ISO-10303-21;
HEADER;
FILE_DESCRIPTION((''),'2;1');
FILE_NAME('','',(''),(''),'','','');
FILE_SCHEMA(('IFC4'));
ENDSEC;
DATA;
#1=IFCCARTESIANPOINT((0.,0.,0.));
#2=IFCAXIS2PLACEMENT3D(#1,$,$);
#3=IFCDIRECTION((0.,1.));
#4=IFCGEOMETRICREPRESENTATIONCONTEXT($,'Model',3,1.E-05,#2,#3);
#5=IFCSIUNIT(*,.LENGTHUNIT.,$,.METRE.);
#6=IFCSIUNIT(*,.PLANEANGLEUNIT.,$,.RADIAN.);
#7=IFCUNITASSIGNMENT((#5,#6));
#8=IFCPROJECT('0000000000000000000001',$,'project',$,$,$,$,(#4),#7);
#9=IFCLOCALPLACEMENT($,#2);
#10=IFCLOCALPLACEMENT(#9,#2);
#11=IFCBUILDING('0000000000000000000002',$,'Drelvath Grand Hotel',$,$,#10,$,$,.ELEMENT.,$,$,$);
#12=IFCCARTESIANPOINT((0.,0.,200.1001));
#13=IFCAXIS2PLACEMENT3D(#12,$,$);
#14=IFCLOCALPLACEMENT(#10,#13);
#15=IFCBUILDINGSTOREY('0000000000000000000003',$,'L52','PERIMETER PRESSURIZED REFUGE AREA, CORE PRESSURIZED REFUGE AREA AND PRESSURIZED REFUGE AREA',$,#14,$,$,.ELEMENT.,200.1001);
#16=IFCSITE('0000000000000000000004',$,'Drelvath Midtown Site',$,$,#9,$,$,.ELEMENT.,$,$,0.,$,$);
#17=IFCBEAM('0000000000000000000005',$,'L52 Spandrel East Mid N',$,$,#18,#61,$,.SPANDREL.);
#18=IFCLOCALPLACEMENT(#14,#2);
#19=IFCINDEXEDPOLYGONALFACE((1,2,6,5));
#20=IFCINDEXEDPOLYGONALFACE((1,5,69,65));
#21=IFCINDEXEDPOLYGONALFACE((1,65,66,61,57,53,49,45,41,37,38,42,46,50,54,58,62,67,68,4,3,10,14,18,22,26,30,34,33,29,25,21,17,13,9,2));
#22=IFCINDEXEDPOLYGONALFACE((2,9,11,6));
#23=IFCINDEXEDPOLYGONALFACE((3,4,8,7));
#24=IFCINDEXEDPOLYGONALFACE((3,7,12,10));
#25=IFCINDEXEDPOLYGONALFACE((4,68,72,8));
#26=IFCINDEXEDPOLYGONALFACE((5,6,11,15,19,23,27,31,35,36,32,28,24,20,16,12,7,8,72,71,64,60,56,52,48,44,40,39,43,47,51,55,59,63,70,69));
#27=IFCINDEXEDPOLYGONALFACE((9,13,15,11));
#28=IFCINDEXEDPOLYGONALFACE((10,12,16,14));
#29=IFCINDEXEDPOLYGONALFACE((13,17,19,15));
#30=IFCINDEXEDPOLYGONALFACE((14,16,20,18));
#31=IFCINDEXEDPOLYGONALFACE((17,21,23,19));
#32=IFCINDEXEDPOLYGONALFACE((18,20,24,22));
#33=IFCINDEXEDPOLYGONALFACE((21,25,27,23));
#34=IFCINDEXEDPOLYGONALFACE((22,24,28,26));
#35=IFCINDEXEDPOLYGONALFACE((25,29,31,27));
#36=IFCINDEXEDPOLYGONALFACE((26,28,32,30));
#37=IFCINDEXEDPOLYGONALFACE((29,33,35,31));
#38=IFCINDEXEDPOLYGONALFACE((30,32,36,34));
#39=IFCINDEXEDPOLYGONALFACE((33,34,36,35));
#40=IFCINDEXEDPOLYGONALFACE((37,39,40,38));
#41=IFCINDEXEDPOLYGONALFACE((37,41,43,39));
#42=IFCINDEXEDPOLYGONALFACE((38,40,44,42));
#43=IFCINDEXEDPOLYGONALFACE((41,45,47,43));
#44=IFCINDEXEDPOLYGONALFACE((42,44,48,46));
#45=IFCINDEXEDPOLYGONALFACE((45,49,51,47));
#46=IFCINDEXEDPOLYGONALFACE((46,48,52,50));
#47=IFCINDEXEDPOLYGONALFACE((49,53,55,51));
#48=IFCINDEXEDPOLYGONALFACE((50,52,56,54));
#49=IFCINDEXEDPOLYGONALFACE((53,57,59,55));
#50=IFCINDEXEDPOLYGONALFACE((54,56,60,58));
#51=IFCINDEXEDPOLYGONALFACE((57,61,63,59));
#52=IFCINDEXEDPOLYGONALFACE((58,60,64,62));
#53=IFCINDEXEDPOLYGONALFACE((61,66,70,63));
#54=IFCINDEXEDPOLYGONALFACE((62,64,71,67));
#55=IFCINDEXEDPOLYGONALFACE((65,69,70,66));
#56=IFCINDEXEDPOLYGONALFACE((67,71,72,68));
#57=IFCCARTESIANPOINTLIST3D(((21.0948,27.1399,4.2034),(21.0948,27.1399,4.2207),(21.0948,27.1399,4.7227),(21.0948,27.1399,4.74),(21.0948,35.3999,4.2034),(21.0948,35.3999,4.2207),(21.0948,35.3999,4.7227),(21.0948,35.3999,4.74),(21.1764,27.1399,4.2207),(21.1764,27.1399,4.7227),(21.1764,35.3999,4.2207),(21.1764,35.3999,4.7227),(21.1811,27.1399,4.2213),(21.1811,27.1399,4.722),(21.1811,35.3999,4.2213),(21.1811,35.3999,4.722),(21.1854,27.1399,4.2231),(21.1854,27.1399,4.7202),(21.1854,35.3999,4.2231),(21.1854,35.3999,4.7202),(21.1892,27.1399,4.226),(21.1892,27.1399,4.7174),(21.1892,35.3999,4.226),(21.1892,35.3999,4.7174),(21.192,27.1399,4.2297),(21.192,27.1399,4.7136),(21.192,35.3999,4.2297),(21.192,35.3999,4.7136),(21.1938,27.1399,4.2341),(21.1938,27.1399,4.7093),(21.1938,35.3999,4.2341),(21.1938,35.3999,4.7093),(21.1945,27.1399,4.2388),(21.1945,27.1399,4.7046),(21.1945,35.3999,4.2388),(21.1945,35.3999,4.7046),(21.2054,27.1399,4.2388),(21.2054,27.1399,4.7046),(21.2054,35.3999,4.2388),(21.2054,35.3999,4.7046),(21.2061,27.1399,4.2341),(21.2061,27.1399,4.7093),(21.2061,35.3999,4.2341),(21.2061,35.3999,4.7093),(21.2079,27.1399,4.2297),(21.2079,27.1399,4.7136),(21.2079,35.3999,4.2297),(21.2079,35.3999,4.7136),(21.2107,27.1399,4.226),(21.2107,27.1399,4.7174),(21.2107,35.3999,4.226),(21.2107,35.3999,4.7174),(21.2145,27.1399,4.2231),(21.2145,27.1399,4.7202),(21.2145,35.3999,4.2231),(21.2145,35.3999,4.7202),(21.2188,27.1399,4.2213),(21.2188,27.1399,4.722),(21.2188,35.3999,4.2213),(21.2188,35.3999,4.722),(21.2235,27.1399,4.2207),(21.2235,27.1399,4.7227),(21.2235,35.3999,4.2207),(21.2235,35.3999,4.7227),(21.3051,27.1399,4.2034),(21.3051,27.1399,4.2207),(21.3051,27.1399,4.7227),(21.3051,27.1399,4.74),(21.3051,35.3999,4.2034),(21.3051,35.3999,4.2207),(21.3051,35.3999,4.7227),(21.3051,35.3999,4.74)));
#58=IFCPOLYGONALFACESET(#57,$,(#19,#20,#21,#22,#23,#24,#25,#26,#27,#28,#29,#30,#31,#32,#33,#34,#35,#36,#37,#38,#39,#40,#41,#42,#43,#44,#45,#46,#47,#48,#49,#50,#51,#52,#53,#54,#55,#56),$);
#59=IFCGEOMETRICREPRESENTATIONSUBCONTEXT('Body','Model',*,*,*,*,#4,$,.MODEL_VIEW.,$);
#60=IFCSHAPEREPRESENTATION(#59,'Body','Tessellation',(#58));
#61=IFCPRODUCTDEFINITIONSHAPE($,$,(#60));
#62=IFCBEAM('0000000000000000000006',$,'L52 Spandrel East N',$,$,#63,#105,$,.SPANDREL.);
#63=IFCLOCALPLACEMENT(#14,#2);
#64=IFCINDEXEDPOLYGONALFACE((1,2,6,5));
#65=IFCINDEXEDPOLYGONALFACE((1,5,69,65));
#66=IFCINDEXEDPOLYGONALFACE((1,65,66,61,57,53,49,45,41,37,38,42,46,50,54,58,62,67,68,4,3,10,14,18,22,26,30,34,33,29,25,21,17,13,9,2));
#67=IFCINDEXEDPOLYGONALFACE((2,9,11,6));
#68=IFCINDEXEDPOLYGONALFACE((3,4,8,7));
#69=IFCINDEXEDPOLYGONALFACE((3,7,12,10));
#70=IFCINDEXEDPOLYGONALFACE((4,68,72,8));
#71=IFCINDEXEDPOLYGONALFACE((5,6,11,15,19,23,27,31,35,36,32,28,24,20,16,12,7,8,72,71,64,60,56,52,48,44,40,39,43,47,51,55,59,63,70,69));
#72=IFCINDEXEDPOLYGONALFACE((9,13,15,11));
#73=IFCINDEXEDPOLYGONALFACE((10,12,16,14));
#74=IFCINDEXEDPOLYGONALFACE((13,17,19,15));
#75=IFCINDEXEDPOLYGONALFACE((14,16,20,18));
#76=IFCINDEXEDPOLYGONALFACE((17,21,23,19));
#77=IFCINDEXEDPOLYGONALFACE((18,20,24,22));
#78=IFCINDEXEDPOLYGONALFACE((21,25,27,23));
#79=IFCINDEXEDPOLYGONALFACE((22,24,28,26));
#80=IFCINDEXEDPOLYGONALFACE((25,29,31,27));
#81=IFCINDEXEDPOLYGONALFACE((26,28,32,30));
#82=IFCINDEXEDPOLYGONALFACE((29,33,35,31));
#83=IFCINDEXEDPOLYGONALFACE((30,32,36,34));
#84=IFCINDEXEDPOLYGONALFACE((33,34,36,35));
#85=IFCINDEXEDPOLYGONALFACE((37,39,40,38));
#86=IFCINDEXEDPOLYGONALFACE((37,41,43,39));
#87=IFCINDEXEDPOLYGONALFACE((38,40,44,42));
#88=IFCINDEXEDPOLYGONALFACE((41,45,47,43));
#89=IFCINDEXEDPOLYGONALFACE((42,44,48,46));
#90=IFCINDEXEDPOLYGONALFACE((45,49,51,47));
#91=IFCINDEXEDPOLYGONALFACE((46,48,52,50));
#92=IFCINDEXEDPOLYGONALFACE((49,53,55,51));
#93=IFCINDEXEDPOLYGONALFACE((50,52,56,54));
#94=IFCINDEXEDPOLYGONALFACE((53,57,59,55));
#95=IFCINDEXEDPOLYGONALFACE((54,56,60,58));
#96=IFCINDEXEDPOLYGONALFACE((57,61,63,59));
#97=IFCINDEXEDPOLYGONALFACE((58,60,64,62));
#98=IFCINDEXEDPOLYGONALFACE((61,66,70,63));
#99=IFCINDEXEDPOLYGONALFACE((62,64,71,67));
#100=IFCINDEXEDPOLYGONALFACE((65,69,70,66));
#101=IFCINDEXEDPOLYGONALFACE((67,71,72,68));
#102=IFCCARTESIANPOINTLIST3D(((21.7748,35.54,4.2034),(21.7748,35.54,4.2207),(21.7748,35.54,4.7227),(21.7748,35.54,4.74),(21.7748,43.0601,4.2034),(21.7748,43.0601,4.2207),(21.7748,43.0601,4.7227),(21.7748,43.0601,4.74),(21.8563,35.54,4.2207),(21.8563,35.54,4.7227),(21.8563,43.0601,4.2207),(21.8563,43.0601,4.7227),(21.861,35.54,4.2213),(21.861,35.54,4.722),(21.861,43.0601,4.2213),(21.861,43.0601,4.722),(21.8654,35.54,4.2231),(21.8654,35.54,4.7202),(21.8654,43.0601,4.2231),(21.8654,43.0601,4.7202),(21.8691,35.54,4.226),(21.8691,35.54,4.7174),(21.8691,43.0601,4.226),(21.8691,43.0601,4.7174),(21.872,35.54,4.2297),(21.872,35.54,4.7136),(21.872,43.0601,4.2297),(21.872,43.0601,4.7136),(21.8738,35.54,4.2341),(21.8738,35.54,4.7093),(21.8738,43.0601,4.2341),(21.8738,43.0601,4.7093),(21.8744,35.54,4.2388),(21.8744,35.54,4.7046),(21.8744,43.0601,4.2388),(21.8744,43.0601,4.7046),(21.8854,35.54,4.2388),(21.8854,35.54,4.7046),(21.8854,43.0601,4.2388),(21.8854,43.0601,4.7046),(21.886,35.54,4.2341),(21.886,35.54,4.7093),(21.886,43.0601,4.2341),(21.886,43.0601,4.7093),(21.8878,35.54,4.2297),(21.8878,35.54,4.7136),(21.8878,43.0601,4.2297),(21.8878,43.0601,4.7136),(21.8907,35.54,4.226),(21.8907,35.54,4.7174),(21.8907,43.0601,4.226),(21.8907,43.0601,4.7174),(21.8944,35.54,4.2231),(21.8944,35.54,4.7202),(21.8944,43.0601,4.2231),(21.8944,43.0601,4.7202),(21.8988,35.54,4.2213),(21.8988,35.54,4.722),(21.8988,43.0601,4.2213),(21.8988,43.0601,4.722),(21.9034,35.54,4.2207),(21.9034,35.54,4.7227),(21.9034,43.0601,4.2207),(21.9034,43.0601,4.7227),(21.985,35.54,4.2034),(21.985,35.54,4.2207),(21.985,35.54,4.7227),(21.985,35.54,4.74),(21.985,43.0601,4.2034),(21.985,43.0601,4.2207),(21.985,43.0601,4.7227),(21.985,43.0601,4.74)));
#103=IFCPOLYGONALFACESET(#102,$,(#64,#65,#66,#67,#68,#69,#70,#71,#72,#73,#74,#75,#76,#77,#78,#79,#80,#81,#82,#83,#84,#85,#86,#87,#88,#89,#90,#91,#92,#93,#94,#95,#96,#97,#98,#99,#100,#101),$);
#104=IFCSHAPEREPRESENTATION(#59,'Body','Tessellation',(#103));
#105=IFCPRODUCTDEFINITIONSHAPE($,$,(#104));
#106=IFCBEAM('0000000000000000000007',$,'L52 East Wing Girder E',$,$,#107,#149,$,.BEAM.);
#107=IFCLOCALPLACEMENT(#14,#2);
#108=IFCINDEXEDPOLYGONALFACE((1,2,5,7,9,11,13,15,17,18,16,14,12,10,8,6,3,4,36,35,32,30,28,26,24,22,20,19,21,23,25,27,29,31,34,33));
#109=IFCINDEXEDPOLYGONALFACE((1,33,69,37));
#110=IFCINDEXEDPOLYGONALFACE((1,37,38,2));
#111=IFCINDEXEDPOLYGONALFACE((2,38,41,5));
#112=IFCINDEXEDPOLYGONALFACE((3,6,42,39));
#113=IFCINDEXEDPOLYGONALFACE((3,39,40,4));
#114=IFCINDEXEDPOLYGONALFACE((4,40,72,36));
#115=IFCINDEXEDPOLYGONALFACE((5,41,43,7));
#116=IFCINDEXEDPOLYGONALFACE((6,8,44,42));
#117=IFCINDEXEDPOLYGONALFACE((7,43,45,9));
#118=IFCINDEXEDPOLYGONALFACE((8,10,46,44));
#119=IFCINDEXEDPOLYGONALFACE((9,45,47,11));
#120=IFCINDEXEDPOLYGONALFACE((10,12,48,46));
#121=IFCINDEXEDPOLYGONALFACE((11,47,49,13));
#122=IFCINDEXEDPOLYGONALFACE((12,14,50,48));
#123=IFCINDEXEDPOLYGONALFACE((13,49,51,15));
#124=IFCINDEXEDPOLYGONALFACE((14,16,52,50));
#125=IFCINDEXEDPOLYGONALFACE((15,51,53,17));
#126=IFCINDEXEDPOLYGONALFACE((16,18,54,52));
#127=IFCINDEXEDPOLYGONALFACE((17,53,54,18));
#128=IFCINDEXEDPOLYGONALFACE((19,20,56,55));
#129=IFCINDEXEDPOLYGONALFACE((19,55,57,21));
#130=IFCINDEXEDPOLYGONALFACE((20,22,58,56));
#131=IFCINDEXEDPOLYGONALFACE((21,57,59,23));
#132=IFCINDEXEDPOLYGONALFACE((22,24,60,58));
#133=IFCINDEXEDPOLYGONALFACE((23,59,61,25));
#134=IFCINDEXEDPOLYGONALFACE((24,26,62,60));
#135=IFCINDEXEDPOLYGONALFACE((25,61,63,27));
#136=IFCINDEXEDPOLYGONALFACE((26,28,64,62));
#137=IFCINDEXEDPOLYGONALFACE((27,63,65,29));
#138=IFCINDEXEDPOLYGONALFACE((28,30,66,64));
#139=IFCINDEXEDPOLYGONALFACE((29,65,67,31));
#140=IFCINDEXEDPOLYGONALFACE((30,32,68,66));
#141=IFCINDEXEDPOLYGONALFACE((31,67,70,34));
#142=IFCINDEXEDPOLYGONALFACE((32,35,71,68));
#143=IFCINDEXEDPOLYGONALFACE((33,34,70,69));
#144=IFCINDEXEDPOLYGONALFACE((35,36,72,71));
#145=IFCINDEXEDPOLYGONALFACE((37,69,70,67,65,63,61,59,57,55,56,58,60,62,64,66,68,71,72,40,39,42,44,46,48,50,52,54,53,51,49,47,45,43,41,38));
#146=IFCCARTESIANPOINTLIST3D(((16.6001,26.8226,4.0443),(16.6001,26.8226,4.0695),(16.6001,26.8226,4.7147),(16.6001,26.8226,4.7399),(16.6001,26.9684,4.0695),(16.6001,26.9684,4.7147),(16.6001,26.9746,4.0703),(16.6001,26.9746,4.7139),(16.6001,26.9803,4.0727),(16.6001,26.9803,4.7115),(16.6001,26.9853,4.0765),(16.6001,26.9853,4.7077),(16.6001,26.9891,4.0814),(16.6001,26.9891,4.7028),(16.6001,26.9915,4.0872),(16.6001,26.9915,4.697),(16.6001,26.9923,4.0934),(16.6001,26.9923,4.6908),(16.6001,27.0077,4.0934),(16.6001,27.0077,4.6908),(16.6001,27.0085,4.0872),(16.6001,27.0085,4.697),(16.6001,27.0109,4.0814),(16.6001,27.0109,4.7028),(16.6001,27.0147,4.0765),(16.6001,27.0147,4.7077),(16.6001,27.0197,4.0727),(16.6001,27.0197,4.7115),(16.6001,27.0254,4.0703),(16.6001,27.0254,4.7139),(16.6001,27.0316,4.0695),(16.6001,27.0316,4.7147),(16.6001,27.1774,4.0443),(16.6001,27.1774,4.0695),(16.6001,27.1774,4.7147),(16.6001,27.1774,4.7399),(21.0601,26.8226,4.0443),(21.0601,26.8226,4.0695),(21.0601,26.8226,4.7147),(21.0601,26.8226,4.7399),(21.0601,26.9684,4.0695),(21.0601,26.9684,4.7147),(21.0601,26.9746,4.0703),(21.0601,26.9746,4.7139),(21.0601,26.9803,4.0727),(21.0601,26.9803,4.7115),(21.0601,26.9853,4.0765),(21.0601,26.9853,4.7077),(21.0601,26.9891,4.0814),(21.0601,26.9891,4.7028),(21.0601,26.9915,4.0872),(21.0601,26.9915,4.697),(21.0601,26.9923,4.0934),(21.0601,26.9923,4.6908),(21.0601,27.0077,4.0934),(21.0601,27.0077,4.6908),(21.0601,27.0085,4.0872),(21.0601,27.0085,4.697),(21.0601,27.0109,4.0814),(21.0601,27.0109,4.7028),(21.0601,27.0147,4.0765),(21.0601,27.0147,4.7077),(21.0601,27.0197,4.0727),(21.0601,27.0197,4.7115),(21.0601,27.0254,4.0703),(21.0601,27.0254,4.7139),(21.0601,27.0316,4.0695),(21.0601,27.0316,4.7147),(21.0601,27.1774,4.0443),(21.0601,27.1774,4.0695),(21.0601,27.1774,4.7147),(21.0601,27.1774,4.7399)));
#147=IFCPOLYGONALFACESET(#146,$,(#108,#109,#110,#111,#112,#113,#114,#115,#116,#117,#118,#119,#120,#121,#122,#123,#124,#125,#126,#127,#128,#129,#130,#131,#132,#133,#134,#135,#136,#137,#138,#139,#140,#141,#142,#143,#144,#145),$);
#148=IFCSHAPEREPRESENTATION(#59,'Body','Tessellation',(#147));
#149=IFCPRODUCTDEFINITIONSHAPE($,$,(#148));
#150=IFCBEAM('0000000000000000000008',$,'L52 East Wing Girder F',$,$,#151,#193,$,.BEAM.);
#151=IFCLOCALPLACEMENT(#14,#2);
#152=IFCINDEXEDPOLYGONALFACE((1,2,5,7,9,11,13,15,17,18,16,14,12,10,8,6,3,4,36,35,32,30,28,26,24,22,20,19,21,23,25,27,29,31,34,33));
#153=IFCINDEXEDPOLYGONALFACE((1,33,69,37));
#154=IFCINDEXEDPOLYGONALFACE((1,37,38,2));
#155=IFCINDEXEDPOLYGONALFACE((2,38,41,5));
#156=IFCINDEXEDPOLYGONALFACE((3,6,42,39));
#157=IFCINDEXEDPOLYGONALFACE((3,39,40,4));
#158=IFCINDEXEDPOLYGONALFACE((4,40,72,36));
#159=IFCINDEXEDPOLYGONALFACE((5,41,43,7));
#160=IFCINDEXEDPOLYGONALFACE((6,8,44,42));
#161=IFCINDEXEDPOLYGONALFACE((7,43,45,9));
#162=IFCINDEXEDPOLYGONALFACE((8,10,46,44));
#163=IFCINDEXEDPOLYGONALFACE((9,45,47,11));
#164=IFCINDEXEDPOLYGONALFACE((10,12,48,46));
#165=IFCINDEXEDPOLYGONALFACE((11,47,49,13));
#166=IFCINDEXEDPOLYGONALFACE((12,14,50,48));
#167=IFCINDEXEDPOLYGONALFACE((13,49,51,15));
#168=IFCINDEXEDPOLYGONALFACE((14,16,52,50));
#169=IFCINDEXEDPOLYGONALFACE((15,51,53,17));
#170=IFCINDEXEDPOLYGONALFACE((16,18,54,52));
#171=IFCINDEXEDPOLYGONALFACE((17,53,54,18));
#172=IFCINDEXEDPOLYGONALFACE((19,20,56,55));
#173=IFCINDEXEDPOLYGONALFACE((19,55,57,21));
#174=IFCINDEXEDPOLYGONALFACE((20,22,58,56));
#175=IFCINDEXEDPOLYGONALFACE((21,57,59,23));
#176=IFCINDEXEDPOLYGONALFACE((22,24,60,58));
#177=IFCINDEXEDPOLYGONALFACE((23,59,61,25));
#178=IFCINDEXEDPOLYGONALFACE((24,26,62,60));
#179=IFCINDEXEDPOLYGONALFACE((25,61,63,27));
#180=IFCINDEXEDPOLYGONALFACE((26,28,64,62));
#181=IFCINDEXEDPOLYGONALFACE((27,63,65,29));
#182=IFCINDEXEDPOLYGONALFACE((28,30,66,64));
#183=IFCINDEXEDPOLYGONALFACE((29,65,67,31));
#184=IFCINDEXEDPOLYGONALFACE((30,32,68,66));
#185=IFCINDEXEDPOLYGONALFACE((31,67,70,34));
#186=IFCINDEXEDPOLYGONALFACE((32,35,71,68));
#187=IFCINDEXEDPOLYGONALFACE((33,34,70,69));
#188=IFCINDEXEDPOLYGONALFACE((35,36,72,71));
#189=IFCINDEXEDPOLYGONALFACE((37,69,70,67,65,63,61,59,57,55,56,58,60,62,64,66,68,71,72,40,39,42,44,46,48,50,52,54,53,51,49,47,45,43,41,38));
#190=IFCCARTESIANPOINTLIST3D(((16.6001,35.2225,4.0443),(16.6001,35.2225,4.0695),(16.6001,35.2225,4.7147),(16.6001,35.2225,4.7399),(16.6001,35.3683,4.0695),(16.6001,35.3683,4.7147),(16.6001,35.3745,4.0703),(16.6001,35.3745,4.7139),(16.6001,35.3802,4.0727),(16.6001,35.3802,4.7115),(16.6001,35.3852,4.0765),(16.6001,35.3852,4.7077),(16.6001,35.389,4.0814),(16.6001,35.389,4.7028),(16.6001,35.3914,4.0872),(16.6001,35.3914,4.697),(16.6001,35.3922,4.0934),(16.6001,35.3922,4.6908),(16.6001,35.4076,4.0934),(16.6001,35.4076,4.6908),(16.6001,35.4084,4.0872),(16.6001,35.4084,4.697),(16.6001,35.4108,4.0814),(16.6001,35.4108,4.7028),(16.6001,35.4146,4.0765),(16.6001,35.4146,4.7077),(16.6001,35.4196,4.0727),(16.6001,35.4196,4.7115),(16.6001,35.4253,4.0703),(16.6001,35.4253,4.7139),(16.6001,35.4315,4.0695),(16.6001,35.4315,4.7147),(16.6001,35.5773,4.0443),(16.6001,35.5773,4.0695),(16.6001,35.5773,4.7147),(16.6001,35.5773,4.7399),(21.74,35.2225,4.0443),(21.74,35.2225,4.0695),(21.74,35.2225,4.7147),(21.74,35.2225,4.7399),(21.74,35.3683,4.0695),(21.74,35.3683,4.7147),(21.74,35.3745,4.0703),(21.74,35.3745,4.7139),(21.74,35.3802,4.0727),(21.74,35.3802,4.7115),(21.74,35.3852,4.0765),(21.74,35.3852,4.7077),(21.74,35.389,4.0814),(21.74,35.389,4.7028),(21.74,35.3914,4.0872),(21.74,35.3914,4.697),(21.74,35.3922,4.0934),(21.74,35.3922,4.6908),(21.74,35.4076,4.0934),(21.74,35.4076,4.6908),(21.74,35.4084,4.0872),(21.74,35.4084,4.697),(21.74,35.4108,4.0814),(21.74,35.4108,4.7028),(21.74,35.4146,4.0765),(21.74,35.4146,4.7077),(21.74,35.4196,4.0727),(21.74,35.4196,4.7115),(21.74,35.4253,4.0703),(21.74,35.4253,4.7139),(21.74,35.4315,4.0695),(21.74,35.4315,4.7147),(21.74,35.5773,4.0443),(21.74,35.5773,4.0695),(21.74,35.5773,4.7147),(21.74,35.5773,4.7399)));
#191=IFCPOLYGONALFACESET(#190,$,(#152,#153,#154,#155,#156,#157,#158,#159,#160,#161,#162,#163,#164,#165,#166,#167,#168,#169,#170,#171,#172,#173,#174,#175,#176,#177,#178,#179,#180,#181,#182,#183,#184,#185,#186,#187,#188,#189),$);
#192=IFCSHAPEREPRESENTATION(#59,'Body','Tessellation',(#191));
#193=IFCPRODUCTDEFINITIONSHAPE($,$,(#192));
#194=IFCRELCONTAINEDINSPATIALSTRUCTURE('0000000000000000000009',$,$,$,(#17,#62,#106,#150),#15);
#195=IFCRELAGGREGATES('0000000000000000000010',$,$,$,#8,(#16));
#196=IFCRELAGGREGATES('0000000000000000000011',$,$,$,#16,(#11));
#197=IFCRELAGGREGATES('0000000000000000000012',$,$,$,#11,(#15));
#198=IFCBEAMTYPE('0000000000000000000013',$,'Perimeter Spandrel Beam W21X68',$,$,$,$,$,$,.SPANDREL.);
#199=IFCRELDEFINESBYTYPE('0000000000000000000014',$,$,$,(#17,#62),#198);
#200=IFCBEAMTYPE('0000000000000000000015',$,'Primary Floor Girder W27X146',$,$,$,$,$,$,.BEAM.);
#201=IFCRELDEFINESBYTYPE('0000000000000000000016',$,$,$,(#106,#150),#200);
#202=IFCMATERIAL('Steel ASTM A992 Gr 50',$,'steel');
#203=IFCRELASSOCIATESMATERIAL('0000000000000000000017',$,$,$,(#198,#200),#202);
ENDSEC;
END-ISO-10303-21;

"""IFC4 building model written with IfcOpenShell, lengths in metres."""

from ifc_helpers import new_model, si_unit, direction, frame, origin, origin_2d, place, context, subcontext, project, spatial, i_section, extrude, material, material_profile, profile_set, type_object, element, save


model = new_model("IFC4")

# Units and contexts
model_context = context("Model", 3, precision=1e-05, world=origin(), true_north=direction((0.0, 1.0)))
body_context = subcontext(model_context, "Body", "Model", "MODEL_VIEW")
ifc_project = project(units=[si_unit("LENGTHUNIT", "METRE"), si_unit("PLANEANGLEUNIT", "RADIAN")], contexts=[model_context])

# Site, building, storey
site_placement = place(None, origin())
site = spatial("IfcSite", under=ifc_project, at=site_placement, Name="Drelvath Midtown Site", CompositionType="ELEMENT", RefElevation=0.0)
building_placement = place(site_placement, origin())
building = spatial("IfcBuilding", under=site, at=building_placement, Name="Drelvath Grand Hotel", CompositionType="ELEMENT")
storey_placement = place(building_placement, frame((0.0, 0.0, 200.1001)))
storey = spatial("IfcBuildingStorey", under=building, at=storey_placement, Name="L52", Description="PERIMETER PRESSURIZED REFUGE AREA, CORE PRESSURIZED REFUGE AREA AND PRESSURIZED REFUGE AREA", CompositionType="ELEMENT", Elevation=200.1001)

# Beams
ifc_material_1 = material(Name="Steel ASTM A992 Gr 50", Category="steel")
ifc_material_profile_1 = material_profile(ifc_material_1, i_section(OverallWidth=0.2102, OverallDepth=0.5366, WebThickness=0.011, FlangeThickness=0.0173, FilletRadius=0.0181, at=origin_2d()), Name="W21X68")
ifc_profile_set_1 = profile_set([ifc_material_profile_1], Name="Steel ASTM A992 Gr 50")
beam_type_1 = type_object("IfcBeamType", Name="Perimeter Spandrel Beam W21X68", PredefinedType="SPANDREL", material=ifc_profile_set_1)
beam_1_placement = place(storey_placement, frame((21.2, 27.1399, 4.4717), z_axis=(0.0, 1.0, 0.0), x_axis=(-1.0, 0.0, 0.0)))
element("IfcBeam", 1, at=beam_1_placement, inside=storey, type_object=beam_type_1, Name="L52 Spandrel East Mid N", PredefinedType="SPANDREL", context=body_context, shape_type="SweptSolid", body=[
    extrude(i_section(OverallWidth=0.2102, OverallDepth=0.5366, WebThickness=0.011, FlangeThickness=0.0173, FilletRadius=0.0181, at=origin_2d()), origin(), (0.0, 0.0, 1.0), 8.26),
])
beam_2_placement = place(storey_placement, frame((21.8799, 35.54, 4.4717), z_axis=(0.0, 1.0, 0.0), x_axis=(-1.0, 0.0, 0.0)))
element("IfcBeam", 2, at=beam_2_placement, inside=storey, type_object=beam_type_1, Name="L52 Spandrel East N", PredefinedType="SPANDREL", context=body_context, shape_type="SweptSolid", body=[
    extrude(i_section(OverallWidth=0.2102, OverallDepth=0.5366, WebThickness=0.011, FlangeThickness=0.0173, FilletRadius=0.0181, at=origin_2d()), origin(), (0.0, 0.0, 1.0), 7.52),
])
ifc_material_profile_2 = material_profile(ifc_material_1, i_section(OverallWidth=0.3547, OverallDepth=0.6956, WebThickness=0.0154, FlangeThickness=0.0251, FilletRadius=0.0239, at=origin_2d()), Name="W27X146")
ifc_profile_set_2 = profile_set([ifc_material_profile_2], Name="Steel ASTM A992 Gr 50")
beam_type_2 = type_object("IfcBeamType", Name="Primary Floor Girder W27X146", PredefinedType="BEAM", material=ifc_profile_set_2)
beam_3_placement = place(storey_placement, frame((16.6001, 27.0, 4.3921), z_axis=(1.0, 0.0, 0.0), x_axis=(0.0, 1.0, 0.0)))
element("IfcBeam", 3, at=beam_3_placement, inside=storey, type_object=beam_type_2, Name="L52 East Wing Girder E", PredefinedType="BEAM", context=body_context, shape_type="SweptSolid", body=[
    extrude(i_section(OverallWidth=0.3547, OverallDepth=0.6956, WebThickness=0.0154, FlangeThickness=0.0251, FilletRadius=0.0239, at=origin_2d()), origin(), (0.0, 0.0, 1.0), 4.46),
])
beam_4_placement = place(storey_placement, frame((16.6001, 35.3999, 4.3921), z_axis=(1.0, 0.0, 0.0), x_axis=(0.0, 1.0, 0.0)))
element("IfcBeam", 4, at=beam_4_placement, inside=storey, type_object=beam_type_2, Name="L52 East Wing Girder F", PredefinedType="BEAM", context=body_context, shape_type="SweptSolid", body=[
    extrude(i_section(OverallWidth=0.3547, OverallDepth=0.6956, WebThickness=0.0154, FlangeThickness=0.0251, FilletRadius=0.0239, at=origin_2d()), origin(), (0.0, 0.0, 1.0), 5.1399),
])

save(model, "model.ifc")
